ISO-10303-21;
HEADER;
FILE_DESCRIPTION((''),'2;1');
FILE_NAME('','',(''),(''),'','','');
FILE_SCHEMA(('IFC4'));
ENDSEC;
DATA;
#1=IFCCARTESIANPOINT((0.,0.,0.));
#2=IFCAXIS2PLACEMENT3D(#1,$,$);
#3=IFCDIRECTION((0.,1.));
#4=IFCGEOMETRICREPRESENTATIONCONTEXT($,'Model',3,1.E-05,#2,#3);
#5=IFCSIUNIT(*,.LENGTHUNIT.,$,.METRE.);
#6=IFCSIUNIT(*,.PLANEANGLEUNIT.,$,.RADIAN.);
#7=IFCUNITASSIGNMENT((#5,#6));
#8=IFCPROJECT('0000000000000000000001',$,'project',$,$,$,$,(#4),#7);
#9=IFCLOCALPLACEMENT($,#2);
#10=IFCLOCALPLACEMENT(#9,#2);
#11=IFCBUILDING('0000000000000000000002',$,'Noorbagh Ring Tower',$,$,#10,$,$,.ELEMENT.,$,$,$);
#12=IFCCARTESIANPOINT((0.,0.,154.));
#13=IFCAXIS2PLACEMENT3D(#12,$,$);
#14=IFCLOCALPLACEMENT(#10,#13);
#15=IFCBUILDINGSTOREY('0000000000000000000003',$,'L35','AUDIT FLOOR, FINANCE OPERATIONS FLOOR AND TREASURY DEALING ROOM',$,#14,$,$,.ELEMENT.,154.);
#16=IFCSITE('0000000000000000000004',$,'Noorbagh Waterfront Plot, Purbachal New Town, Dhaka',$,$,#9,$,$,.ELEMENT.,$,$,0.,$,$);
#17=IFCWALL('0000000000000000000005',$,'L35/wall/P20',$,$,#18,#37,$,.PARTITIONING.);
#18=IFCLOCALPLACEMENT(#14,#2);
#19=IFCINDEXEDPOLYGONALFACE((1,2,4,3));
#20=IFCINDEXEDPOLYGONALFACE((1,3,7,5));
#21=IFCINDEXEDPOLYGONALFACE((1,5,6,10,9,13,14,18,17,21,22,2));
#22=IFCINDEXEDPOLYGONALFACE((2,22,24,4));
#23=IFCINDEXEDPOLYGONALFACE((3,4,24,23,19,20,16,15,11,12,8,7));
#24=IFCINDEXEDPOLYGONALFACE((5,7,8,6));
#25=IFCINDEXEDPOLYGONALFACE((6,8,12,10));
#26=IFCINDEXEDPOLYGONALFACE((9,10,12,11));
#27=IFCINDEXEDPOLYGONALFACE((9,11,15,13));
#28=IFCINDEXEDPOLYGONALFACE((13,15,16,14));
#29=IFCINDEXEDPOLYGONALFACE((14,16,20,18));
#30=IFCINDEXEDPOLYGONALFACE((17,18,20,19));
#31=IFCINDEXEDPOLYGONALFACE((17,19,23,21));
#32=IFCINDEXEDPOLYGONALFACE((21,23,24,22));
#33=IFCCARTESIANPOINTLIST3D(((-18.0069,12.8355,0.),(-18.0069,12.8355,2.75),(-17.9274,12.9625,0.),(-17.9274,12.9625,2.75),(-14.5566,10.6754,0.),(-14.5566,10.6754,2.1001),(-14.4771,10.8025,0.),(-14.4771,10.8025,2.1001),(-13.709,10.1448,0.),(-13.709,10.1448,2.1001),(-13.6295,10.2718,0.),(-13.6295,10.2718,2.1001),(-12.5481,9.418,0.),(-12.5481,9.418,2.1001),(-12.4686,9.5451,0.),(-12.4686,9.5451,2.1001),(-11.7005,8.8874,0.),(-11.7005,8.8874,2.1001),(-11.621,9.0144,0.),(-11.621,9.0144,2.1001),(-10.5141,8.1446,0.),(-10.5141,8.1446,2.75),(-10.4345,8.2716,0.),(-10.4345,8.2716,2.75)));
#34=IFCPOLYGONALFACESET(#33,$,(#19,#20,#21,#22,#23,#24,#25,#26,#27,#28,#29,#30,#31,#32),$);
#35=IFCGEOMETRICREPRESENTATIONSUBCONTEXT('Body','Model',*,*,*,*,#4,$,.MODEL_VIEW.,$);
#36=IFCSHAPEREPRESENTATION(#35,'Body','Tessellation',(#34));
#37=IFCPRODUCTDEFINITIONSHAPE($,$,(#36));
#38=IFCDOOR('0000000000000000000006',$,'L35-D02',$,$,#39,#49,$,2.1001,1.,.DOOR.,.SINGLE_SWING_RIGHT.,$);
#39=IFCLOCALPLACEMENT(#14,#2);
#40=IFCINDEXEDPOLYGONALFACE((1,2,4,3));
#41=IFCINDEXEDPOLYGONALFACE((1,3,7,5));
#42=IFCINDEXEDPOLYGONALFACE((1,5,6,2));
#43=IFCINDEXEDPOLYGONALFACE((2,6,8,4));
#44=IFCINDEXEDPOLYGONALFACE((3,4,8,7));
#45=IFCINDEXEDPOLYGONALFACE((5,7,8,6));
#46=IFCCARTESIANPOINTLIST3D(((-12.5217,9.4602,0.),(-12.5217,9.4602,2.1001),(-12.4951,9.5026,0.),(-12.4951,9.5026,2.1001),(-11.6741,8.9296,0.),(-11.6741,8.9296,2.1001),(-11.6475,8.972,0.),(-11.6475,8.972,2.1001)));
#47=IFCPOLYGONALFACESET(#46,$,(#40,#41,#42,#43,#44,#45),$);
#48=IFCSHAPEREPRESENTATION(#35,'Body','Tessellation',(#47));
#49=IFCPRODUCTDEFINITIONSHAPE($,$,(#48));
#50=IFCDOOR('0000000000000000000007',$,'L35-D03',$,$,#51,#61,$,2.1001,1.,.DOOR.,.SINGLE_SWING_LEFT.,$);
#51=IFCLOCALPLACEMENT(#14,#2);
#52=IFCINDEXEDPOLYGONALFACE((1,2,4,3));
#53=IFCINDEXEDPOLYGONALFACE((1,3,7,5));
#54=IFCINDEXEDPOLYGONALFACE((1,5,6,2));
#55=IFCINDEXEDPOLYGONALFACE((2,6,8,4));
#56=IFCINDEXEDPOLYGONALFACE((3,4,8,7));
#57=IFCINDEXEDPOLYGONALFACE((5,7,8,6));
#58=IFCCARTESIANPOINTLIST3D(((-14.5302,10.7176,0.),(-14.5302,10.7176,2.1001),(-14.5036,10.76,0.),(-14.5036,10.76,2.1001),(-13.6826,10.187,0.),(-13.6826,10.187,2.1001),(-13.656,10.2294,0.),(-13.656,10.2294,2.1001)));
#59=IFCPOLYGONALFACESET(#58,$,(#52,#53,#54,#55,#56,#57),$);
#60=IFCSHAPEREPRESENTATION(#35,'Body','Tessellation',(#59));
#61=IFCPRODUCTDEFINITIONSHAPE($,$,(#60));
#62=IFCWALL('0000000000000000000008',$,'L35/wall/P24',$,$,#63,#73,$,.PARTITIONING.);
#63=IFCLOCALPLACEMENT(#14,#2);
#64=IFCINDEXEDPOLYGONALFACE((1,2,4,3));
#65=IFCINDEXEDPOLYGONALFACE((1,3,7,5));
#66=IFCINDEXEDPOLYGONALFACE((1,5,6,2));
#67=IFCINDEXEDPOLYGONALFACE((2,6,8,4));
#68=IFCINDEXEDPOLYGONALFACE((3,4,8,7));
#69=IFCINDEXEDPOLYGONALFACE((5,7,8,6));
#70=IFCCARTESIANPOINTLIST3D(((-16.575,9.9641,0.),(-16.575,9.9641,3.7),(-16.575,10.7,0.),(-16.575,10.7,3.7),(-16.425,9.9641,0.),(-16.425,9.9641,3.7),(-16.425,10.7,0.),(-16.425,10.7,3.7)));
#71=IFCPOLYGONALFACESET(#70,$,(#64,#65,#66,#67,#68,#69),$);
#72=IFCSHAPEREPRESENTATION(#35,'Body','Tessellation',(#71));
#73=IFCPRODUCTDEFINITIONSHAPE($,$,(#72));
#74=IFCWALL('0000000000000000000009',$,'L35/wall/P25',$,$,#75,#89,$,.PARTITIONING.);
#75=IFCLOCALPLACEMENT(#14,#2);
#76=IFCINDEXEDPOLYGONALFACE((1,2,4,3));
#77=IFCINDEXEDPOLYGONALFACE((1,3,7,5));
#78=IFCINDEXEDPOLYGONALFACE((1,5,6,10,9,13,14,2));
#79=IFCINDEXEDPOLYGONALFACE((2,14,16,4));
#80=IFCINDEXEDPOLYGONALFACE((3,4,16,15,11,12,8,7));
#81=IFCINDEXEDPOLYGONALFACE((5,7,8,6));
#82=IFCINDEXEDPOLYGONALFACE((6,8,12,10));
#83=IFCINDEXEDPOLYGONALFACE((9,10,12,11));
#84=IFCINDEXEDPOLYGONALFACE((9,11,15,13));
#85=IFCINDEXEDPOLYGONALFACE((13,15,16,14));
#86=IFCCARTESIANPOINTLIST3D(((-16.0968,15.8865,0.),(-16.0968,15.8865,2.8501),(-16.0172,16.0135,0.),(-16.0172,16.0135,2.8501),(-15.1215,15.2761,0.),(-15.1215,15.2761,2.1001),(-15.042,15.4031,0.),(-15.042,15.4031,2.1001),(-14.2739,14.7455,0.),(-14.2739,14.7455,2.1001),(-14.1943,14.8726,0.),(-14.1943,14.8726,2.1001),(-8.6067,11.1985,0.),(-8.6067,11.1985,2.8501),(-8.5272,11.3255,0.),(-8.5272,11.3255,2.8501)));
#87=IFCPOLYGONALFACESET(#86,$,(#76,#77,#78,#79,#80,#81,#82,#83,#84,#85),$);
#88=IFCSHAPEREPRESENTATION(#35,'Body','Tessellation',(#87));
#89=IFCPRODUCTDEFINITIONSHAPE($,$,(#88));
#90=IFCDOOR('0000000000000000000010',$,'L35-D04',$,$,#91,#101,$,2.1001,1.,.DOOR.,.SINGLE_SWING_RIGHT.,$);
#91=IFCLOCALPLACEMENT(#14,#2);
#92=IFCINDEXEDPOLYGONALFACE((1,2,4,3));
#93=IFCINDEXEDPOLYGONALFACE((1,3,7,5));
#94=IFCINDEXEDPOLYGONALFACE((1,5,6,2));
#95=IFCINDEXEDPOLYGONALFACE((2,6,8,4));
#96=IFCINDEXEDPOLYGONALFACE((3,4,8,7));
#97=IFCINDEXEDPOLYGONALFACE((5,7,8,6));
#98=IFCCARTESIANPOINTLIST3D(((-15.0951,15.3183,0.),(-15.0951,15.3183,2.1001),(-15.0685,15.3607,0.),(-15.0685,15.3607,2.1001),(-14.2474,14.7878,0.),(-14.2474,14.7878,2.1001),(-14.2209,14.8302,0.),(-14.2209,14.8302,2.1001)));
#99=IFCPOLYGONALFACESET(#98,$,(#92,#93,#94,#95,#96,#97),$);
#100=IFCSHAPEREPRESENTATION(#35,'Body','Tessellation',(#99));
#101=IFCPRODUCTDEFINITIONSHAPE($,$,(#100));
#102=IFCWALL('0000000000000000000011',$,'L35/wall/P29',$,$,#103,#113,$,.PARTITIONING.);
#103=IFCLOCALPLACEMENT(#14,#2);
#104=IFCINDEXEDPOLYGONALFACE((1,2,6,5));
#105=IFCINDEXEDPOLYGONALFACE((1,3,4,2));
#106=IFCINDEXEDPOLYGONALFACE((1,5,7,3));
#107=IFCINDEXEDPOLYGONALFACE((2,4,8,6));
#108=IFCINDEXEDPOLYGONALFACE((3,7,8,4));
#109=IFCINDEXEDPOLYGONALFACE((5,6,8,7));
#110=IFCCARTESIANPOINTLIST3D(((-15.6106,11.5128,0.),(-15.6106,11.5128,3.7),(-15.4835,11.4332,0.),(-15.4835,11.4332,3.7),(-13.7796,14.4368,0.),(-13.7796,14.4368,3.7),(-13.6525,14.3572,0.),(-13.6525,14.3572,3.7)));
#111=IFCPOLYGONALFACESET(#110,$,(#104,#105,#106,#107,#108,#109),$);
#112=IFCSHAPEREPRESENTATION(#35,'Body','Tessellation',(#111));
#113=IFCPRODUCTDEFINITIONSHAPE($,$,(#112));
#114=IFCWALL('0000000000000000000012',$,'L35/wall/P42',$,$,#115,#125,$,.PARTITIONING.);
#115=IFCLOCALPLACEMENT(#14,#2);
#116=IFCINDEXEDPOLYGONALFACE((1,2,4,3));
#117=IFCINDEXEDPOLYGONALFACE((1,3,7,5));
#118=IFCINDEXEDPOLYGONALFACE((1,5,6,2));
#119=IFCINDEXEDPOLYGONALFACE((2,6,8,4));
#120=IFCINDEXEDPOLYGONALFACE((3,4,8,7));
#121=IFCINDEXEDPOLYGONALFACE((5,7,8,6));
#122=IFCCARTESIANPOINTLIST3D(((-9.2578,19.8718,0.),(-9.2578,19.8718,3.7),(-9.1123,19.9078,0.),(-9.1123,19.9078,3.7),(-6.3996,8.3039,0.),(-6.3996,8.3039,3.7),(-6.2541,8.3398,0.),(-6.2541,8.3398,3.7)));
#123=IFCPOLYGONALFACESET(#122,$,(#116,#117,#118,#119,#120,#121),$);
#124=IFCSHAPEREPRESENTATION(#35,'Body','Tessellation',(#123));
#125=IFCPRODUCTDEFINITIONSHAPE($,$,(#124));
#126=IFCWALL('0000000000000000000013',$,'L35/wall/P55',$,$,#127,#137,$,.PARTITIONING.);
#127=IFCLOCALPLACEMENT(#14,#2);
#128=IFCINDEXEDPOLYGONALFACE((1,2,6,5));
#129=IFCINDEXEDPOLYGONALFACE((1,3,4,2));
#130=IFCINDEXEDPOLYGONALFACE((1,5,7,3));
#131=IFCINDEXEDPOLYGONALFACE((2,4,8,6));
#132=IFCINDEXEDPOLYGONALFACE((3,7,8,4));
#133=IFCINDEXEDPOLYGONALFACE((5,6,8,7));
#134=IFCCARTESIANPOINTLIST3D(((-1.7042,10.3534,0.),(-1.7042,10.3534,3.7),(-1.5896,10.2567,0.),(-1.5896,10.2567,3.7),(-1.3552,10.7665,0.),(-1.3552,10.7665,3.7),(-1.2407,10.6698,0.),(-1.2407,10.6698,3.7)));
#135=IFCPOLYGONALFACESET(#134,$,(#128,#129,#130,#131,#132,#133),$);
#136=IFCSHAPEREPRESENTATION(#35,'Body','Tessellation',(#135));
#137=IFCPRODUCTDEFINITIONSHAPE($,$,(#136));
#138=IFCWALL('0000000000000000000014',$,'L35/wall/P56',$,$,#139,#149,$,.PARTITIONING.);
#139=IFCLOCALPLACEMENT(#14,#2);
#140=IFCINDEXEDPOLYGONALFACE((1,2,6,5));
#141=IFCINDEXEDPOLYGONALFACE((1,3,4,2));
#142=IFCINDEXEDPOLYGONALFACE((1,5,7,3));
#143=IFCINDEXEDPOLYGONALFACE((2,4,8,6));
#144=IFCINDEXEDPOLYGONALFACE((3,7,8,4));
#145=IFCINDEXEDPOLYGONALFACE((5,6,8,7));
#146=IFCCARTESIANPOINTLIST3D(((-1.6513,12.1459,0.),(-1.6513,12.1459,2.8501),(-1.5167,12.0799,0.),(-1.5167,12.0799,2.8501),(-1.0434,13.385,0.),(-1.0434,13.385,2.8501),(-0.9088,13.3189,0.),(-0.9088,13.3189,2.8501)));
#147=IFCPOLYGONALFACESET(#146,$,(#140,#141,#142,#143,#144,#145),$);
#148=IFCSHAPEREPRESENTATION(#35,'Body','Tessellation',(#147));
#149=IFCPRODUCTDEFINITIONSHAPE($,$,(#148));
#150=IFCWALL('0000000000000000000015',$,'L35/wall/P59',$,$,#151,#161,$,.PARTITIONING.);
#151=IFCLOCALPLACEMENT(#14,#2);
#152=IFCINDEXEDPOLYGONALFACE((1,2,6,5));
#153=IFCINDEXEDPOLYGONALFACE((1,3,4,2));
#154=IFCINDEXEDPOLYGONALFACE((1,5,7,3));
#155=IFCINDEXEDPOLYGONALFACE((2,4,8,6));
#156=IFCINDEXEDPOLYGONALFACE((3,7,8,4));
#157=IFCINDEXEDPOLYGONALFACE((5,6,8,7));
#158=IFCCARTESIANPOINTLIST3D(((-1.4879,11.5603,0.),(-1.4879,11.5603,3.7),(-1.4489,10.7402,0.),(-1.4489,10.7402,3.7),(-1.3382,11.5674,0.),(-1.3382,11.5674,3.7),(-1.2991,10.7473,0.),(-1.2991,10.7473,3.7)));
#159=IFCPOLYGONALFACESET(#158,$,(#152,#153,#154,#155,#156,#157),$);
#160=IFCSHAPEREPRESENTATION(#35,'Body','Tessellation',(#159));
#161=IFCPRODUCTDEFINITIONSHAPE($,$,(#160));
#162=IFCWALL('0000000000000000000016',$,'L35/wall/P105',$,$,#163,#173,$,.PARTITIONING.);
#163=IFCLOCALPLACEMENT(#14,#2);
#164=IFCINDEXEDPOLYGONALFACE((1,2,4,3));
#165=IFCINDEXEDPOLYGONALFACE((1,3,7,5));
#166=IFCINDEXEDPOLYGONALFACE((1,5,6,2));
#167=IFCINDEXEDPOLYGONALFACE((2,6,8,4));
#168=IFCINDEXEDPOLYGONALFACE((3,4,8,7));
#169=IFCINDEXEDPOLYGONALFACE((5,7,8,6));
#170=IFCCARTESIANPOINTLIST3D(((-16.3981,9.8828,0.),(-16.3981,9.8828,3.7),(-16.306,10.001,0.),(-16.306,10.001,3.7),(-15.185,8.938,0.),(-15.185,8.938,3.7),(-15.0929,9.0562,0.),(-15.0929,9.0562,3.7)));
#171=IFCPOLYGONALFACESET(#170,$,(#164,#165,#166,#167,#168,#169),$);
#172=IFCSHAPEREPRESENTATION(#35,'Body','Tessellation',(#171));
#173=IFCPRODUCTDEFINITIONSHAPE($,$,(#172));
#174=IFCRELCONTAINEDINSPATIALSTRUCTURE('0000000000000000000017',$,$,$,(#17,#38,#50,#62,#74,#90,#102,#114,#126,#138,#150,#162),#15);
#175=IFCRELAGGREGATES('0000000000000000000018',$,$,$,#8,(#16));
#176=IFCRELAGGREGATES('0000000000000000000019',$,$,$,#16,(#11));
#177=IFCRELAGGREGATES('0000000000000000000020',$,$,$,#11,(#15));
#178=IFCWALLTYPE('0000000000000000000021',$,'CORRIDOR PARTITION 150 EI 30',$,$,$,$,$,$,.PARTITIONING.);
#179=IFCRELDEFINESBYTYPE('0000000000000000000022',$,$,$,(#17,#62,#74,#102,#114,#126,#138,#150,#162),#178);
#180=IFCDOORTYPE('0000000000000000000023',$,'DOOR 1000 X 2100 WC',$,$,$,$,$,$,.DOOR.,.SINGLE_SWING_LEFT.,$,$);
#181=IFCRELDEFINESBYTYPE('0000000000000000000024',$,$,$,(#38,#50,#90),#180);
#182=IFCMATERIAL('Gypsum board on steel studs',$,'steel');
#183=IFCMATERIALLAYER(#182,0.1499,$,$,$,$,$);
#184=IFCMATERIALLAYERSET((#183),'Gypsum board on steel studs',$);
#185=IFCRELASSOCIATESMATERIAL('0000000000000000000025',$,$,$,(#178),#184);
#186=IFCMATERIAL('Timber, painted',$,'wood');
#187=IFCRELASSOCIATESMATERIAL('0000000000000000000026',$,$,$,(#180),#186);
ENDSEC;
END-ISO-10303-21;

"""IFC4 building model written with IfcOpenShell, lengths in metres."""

from ifc_helpers import new_model, si_unit, direction, frame, frame_2d, origin, place, context, subcontext, project, spatial, rectangle, extrude, material, layer, layer_set, type_object, element, fill, save


model = new_model("IFC4")

# Units and contexts
model_context = context("Model", 3, precision=1e-05, world=origin(), true_north=direction((0.0, 1.0)))
body_context = subcontext(model_context, "Body", "Model", "MODEL_VIEW")
ifc_project = project(units=[si_unit("LENGTHUNIT", "METRE"), si_unit("PLANEANGLEUNIT", "RADIAN")], contexts=[model_context])

# Site, building, storey
site_placement = place(None, origin())
site = spatial("IfcSite", under=ifc_project, at=site_placement, Name="Noorbagh Waterfront Plot, Purbachal New Town, Dhaka", CompositionType="ELEMENT", RefElevation=0.0)
building_placement = place(site_placement, origin())
building = spatial("IfcBuilding", under=site, at=building_placement, Name="Noorbagh Ring Tower", CompositionType="ELEMENT")
storey_placement = place(building_placement, frame((0.0, 0.0, 154.0)))
storey = spatial("IfcBuildingStorey", under=building, at=storey_placement, Name="L35", Description="AUDIT FLOOR, FINANCE OPERATIONS FLOOR AND TREASURY DEALING ROOM", CompositionType="ELEMENT", Elevation=154.0)

# Wall, openings, doors
ifc_material_1 = material(Name="Gypsum board on steel studs", Category="steel")
ifc_layer_1 = layer(ifc_material_1, 0.1499)
ifc_layer_set_1 = layer_set([ifc_layer_1], Name="Gypsum board on steel studs")
wall_type_1 = type_object("IfcWallType", Name="CORRIDOR PARTITION 150 EI 30", PredefinedType="PARTITIONING", material=ifc_layer_set_1)
wall_1_placement = place(storey_placement, frame((-17.967, 12.8989, 0.0), z_axis=(0.0, 0.0, 1.0), x_axis=(0.847599, -0.530637, 0.0)))
wall_1 = element("IfcWall", 1, at=wall_1_placement, inside=storey, type_object=wall_type_1, Name="L35/wall/P20", PredefinedType="PARTITIONING", context=body_context, shape_type="SweptSolid", body=[
    extrude(rectangle(XDim=8.8401, YDim=0.1499, at=frame_2d((4.4199, 0.0))), origin(), (0.0, 0.0, 1.0), 2.75),
])
opening_1_placement = place(wall_1_placement, frame((6.4402, 0.0, 0.0)))
opening_1 = element("IfcOpeningElement", 2, at=opening_1_placement, cuts=wall_1, PredefinedType="OPENING", context=body_context, shape_type="SweptSolid", body=[
    extrude(rectangle(XDim=1.0, YDim=2.1001, at=frame_2d((0.5, 1.05))), frame((0.0, 0.085, 0.0), z_axis=(0.0, -1.0, 0.0), x_axis=(1.0, 0.0, 0.0)), (0.0, 0.0, 1.0), 0.1699),
])
opening_2_placement = place(wall_1_placement, frame((4.0706, 0.0, 0.0)))
opening_2 = element("IfcOpeningElement", 3, at=opening_2_placement, cuts=wall_1, PredefinedType="OPENING", context=body_context, shape_type="SweptSolid", body=[
    extrude(rectangle(XDim=1.0, YDim=2.1001, at=frame_2d((0.5, 1.05))), frame((0.0, 0.085, 0.0), z_axis=(0.0, -1.0, 0.0), x_axis=(1.0, 0.0, 0.0)), (0.0, 0.0, 1.0), 0.1699),
])
ifc_material_2 = material(Name="Timber, painted", Category="wood")
door_type = type_object("IfcDoorType", Name="DOOR 1000 X 2100 WC", OperationType="SINGLE_SWING_LEFT", PredefinedType="DOOR", material=ifc_material_2)
door_1_placement = place(opening_1_placement, origin())
door_1 = element("IfcDoor", 4, at=door_1_placement, inside=storey, type_object=door_type, Name="L35-D02", OperationType="SINGLE_SWING_RIGHT", OverallHeight=2.1001, OverallWidth=1.0, PredefinedType="DOOR", context=body_context, shape_type="SweptSolid", body=[
    extrude(rectangle(XDim=1.0, YDim=2.1001, at=frame_2d((0.5, 1.05))), frame((0.0, 0.0249, 0.0), z_axis=(0.0, -1.0, 0.0), x_axis=(1.0, 0.0, 0.0)), (0.0, 0.0, 1.0), 0.05),
])
fill(opening_1, door_1)
door_2_placement = place(opening_2_placement, origin())
door_2 = element("IfcDoor", 5, at=door_2_placement, inside=storey, type_object=door_type, Name="L35-D03", OperationType="SINGLE_SWING_LEFT", OverallHeight=2.1001, OverallWidth=1.0, PredefinedType="DOOR", context=body_context, shape_type="SweptSolid", body=[
    extrude(rectangle(XDim=1.0, YDim=2.1001, at=frame_2d((0.5, 1.05))), frame((0.0, 0.0249, 0.0), z_axis=(0.0, -1.0, 0.0), x_axis=(1.0, 0.0, 0.0)), (0.0, 0.0, 1.0), 0.05),
])
fill(opening_2, door_2)

# Wall
wall_2_placement = place(storey_placement, frame((-16.5, 9.9641, 0.0), z_axis=(0.0, 0.0, 1.0), x_axis=(0.0, 1.0, 0.0)))
element("IfcWall", 6, at=wall_2_placement, inside=storey, type_object=wall_type_1, Name="L35/wall/P24", PredefinedType="PARTITIONING", context=body_context, shape_type="SweptSolid", body=[
    extrude(rectangle(XDim=0.7358, YDim=0.1499, at=frame_2d((0.3679, 0.0))), origin(), (0.0, 0.0, 1.0), 3.7),
])

# Wall, opening, door
wall_3_placement = place(storey_placement, frame((-16.0569, 15.95, 0.0), z_axis=(0.0, 0.0, 1.0), x_axis=(0.847655, -0.530548, 0.0)))
wall_3 = element("IfcWall", 7, at=wall_3_placement, inside=storey, type_object=wall_type_1, Name="L35/wall/P25", PredefinedType="PARTITIONING", context=body_context, shape_type="SweptSolid", body=[
    extrude(rectangle(XDim=8.8362, YDim=0.1499, at=frame_2d((4.418, 0.0))), origin(), (0.0, 0.0, 1.0), 2.8501),
])
opening_3_placement = place(wall_3_placement, frame((1.1504, 0.0, 0.0)))
opening_3 = element("IfcOpeningElement", 8, at=opening_3_placement, cuts=wall_3, PredefinedType="OPENING", context=body_context, shape_type="SweptSolid", body=[
    extrude(rectangle(XDim=1.0, YDim=2.1001, at=frame_2d((0.5, 1.05))), frame((0.0, 0.085, 0.0), z_axis=(0.0, -1.0, 0.0), x_axis=(1.0, 0.0, 0.0)), (0.0, 0.0, 1.0), 0.1699),
])
door_3_placement = place(opening_3_placement, origin())
door_3 = element("IfcDoor", 9, at=door_3_placement, inside=storey, type_object=door_type, Name="L35-D04", OperationType="SINGLE_SWING_RIGHT", OverallHeight=2.1001, OverallWidth=1.0, PredefinedType="DOOR", context=body_context, shape_type="SweptSolid", body=[
    extrude(rectangle(XDim=1.0, YDim=2.1001, at=frame_2d((0.5, 1.05))), frame((0.0, 0.0249, 0.0), z_axis=(0.0, -1.0, 0.0), x_axis=(1.0, 0.0, 0.0)), (0.0, 0.0, 1.0), 0.05),
])
fill(opening_3, door_3)

# Walls
wall_4_placement = place(storey_placement, frame((-15.5471, 11.4729, 0.0), z_axis=(0.0, 0.0, 1.0), x_axis=(0.53073, 0.847541, 0.0)))
element("IfcWall", 10, at=wall_4_placement, inside=storey, type_object=wall_type_1, Name="L35/wall/P29", PredefinedType="PARTITIONING", context=body_context, shape_type="SweptSolid", body=[
    extrude(rectangle(XDim=3.45, YDim=0.1499, at=frame_2d((1.7251, 0.0))), origin(), (0.0, 0.0, 1.0), 3.7),
])
wall_5_placement = place(storey_placement, frame((-9.1851, 19.8899, 0.0), z_axis=(0.0, 0.0, 1.0), x_axis=(0.239864, -0.970807, 0.0)))
element("IfcWall", 11, at=wall_5_placement, inside=storey, type_object=wall_type_1, Name="L35/wall/P42", PredefinedType="PARTITIONING", context=body_context, shape_type="SweptSolid", body=[
    extrude(rectangle(XDim=11.9158, YDim=0.1499, at=frame_2d((5.958, 0.0))), origin(), (0.0, 0.0, 1.0), 3.7),
])
wall_6_placement = place(storey_placement, frame((-1.647, 10.3049, 0.0), z_axis=(0.0, 0.0, 1.0), x_axis=(0.645234, 0.763985, 0.0)))
element("IfcWall", 12, at=wall_6_placement, inside=storey, type_object=wall_type_1, Name="L35/wall/P55", PredefinedType="PARTITIONING", context=body_context, shape_type="SweptSolid", body=[
    extrude(rectangle(XDim=0.5408, YDim=0.1499, at=frame_2d((0.2705, 0.0))), origin(), (0.0, 0.0, 1.0), 3.7),
])
wall_7_placement = place(storey_placement, frame((-1.584, 12.113, 0.0), z_axis=(0.0, 0.0, 1.0), x_axis=(0.440479, 0.897763, 0.0)))
element("IfcWall", 13, at=wall_7_placement, inside=storey, type_object=wall_type_1, Name="L35/wall/P56", PredefinedType="PARTITIONING", context=body_context, shape_type="SweptSolid", body=[
    extrude(rectangle(XDim=1.3801, YDim=0.1499, at=frame_2d((0.6899, 0.0))), origin(), (0.0, 0.0, 1.0), 2.8501),
])
wall_8_placement = place(storey_placement, frame((-1.4131, 11.564, 0.0), z_axis=(0.0, 0.0, 1.0), x_axis=(0.047579, -0.998867, 0.0)))
element("IfcWall", 14, at=wall_8_placement, inside=storey, type_object=wall_type_1, Name="L35/wall/P59", PredefinedType="PARTITIONING", context=body_context, shape_type="SweptSolid", body=[
    extrude(rectangle(XDim=0.821, YDim=0.1499, at=frame_2d((0.4106, 0.0))), origin(), (0.0, 0.0, 1.0), 3.7),
])
wall_9_placement = place(storey_placement, frame((-16.3521, 9.9419, 0.0), z_axis=(0.0, 0.0, 1.0), x_axis=(0.78895, -0.614457, 0.0)))
element("IfcWall", 15, at=wall_9_placement, inside=storey, type_object=wall_type_1, Name="L35/wall/P105", PredefinedType="PARTITIONING", context=body_context, shape_type="SweptSolid", body=[
    extrude(rectangle(XDim=1.5376, YDim=0.1499, at=frame_2d((0.7688, 0.0))), origin(), (0.0, 0.0, 1.0), 3.7),
])

save(model, "model.ifc")
